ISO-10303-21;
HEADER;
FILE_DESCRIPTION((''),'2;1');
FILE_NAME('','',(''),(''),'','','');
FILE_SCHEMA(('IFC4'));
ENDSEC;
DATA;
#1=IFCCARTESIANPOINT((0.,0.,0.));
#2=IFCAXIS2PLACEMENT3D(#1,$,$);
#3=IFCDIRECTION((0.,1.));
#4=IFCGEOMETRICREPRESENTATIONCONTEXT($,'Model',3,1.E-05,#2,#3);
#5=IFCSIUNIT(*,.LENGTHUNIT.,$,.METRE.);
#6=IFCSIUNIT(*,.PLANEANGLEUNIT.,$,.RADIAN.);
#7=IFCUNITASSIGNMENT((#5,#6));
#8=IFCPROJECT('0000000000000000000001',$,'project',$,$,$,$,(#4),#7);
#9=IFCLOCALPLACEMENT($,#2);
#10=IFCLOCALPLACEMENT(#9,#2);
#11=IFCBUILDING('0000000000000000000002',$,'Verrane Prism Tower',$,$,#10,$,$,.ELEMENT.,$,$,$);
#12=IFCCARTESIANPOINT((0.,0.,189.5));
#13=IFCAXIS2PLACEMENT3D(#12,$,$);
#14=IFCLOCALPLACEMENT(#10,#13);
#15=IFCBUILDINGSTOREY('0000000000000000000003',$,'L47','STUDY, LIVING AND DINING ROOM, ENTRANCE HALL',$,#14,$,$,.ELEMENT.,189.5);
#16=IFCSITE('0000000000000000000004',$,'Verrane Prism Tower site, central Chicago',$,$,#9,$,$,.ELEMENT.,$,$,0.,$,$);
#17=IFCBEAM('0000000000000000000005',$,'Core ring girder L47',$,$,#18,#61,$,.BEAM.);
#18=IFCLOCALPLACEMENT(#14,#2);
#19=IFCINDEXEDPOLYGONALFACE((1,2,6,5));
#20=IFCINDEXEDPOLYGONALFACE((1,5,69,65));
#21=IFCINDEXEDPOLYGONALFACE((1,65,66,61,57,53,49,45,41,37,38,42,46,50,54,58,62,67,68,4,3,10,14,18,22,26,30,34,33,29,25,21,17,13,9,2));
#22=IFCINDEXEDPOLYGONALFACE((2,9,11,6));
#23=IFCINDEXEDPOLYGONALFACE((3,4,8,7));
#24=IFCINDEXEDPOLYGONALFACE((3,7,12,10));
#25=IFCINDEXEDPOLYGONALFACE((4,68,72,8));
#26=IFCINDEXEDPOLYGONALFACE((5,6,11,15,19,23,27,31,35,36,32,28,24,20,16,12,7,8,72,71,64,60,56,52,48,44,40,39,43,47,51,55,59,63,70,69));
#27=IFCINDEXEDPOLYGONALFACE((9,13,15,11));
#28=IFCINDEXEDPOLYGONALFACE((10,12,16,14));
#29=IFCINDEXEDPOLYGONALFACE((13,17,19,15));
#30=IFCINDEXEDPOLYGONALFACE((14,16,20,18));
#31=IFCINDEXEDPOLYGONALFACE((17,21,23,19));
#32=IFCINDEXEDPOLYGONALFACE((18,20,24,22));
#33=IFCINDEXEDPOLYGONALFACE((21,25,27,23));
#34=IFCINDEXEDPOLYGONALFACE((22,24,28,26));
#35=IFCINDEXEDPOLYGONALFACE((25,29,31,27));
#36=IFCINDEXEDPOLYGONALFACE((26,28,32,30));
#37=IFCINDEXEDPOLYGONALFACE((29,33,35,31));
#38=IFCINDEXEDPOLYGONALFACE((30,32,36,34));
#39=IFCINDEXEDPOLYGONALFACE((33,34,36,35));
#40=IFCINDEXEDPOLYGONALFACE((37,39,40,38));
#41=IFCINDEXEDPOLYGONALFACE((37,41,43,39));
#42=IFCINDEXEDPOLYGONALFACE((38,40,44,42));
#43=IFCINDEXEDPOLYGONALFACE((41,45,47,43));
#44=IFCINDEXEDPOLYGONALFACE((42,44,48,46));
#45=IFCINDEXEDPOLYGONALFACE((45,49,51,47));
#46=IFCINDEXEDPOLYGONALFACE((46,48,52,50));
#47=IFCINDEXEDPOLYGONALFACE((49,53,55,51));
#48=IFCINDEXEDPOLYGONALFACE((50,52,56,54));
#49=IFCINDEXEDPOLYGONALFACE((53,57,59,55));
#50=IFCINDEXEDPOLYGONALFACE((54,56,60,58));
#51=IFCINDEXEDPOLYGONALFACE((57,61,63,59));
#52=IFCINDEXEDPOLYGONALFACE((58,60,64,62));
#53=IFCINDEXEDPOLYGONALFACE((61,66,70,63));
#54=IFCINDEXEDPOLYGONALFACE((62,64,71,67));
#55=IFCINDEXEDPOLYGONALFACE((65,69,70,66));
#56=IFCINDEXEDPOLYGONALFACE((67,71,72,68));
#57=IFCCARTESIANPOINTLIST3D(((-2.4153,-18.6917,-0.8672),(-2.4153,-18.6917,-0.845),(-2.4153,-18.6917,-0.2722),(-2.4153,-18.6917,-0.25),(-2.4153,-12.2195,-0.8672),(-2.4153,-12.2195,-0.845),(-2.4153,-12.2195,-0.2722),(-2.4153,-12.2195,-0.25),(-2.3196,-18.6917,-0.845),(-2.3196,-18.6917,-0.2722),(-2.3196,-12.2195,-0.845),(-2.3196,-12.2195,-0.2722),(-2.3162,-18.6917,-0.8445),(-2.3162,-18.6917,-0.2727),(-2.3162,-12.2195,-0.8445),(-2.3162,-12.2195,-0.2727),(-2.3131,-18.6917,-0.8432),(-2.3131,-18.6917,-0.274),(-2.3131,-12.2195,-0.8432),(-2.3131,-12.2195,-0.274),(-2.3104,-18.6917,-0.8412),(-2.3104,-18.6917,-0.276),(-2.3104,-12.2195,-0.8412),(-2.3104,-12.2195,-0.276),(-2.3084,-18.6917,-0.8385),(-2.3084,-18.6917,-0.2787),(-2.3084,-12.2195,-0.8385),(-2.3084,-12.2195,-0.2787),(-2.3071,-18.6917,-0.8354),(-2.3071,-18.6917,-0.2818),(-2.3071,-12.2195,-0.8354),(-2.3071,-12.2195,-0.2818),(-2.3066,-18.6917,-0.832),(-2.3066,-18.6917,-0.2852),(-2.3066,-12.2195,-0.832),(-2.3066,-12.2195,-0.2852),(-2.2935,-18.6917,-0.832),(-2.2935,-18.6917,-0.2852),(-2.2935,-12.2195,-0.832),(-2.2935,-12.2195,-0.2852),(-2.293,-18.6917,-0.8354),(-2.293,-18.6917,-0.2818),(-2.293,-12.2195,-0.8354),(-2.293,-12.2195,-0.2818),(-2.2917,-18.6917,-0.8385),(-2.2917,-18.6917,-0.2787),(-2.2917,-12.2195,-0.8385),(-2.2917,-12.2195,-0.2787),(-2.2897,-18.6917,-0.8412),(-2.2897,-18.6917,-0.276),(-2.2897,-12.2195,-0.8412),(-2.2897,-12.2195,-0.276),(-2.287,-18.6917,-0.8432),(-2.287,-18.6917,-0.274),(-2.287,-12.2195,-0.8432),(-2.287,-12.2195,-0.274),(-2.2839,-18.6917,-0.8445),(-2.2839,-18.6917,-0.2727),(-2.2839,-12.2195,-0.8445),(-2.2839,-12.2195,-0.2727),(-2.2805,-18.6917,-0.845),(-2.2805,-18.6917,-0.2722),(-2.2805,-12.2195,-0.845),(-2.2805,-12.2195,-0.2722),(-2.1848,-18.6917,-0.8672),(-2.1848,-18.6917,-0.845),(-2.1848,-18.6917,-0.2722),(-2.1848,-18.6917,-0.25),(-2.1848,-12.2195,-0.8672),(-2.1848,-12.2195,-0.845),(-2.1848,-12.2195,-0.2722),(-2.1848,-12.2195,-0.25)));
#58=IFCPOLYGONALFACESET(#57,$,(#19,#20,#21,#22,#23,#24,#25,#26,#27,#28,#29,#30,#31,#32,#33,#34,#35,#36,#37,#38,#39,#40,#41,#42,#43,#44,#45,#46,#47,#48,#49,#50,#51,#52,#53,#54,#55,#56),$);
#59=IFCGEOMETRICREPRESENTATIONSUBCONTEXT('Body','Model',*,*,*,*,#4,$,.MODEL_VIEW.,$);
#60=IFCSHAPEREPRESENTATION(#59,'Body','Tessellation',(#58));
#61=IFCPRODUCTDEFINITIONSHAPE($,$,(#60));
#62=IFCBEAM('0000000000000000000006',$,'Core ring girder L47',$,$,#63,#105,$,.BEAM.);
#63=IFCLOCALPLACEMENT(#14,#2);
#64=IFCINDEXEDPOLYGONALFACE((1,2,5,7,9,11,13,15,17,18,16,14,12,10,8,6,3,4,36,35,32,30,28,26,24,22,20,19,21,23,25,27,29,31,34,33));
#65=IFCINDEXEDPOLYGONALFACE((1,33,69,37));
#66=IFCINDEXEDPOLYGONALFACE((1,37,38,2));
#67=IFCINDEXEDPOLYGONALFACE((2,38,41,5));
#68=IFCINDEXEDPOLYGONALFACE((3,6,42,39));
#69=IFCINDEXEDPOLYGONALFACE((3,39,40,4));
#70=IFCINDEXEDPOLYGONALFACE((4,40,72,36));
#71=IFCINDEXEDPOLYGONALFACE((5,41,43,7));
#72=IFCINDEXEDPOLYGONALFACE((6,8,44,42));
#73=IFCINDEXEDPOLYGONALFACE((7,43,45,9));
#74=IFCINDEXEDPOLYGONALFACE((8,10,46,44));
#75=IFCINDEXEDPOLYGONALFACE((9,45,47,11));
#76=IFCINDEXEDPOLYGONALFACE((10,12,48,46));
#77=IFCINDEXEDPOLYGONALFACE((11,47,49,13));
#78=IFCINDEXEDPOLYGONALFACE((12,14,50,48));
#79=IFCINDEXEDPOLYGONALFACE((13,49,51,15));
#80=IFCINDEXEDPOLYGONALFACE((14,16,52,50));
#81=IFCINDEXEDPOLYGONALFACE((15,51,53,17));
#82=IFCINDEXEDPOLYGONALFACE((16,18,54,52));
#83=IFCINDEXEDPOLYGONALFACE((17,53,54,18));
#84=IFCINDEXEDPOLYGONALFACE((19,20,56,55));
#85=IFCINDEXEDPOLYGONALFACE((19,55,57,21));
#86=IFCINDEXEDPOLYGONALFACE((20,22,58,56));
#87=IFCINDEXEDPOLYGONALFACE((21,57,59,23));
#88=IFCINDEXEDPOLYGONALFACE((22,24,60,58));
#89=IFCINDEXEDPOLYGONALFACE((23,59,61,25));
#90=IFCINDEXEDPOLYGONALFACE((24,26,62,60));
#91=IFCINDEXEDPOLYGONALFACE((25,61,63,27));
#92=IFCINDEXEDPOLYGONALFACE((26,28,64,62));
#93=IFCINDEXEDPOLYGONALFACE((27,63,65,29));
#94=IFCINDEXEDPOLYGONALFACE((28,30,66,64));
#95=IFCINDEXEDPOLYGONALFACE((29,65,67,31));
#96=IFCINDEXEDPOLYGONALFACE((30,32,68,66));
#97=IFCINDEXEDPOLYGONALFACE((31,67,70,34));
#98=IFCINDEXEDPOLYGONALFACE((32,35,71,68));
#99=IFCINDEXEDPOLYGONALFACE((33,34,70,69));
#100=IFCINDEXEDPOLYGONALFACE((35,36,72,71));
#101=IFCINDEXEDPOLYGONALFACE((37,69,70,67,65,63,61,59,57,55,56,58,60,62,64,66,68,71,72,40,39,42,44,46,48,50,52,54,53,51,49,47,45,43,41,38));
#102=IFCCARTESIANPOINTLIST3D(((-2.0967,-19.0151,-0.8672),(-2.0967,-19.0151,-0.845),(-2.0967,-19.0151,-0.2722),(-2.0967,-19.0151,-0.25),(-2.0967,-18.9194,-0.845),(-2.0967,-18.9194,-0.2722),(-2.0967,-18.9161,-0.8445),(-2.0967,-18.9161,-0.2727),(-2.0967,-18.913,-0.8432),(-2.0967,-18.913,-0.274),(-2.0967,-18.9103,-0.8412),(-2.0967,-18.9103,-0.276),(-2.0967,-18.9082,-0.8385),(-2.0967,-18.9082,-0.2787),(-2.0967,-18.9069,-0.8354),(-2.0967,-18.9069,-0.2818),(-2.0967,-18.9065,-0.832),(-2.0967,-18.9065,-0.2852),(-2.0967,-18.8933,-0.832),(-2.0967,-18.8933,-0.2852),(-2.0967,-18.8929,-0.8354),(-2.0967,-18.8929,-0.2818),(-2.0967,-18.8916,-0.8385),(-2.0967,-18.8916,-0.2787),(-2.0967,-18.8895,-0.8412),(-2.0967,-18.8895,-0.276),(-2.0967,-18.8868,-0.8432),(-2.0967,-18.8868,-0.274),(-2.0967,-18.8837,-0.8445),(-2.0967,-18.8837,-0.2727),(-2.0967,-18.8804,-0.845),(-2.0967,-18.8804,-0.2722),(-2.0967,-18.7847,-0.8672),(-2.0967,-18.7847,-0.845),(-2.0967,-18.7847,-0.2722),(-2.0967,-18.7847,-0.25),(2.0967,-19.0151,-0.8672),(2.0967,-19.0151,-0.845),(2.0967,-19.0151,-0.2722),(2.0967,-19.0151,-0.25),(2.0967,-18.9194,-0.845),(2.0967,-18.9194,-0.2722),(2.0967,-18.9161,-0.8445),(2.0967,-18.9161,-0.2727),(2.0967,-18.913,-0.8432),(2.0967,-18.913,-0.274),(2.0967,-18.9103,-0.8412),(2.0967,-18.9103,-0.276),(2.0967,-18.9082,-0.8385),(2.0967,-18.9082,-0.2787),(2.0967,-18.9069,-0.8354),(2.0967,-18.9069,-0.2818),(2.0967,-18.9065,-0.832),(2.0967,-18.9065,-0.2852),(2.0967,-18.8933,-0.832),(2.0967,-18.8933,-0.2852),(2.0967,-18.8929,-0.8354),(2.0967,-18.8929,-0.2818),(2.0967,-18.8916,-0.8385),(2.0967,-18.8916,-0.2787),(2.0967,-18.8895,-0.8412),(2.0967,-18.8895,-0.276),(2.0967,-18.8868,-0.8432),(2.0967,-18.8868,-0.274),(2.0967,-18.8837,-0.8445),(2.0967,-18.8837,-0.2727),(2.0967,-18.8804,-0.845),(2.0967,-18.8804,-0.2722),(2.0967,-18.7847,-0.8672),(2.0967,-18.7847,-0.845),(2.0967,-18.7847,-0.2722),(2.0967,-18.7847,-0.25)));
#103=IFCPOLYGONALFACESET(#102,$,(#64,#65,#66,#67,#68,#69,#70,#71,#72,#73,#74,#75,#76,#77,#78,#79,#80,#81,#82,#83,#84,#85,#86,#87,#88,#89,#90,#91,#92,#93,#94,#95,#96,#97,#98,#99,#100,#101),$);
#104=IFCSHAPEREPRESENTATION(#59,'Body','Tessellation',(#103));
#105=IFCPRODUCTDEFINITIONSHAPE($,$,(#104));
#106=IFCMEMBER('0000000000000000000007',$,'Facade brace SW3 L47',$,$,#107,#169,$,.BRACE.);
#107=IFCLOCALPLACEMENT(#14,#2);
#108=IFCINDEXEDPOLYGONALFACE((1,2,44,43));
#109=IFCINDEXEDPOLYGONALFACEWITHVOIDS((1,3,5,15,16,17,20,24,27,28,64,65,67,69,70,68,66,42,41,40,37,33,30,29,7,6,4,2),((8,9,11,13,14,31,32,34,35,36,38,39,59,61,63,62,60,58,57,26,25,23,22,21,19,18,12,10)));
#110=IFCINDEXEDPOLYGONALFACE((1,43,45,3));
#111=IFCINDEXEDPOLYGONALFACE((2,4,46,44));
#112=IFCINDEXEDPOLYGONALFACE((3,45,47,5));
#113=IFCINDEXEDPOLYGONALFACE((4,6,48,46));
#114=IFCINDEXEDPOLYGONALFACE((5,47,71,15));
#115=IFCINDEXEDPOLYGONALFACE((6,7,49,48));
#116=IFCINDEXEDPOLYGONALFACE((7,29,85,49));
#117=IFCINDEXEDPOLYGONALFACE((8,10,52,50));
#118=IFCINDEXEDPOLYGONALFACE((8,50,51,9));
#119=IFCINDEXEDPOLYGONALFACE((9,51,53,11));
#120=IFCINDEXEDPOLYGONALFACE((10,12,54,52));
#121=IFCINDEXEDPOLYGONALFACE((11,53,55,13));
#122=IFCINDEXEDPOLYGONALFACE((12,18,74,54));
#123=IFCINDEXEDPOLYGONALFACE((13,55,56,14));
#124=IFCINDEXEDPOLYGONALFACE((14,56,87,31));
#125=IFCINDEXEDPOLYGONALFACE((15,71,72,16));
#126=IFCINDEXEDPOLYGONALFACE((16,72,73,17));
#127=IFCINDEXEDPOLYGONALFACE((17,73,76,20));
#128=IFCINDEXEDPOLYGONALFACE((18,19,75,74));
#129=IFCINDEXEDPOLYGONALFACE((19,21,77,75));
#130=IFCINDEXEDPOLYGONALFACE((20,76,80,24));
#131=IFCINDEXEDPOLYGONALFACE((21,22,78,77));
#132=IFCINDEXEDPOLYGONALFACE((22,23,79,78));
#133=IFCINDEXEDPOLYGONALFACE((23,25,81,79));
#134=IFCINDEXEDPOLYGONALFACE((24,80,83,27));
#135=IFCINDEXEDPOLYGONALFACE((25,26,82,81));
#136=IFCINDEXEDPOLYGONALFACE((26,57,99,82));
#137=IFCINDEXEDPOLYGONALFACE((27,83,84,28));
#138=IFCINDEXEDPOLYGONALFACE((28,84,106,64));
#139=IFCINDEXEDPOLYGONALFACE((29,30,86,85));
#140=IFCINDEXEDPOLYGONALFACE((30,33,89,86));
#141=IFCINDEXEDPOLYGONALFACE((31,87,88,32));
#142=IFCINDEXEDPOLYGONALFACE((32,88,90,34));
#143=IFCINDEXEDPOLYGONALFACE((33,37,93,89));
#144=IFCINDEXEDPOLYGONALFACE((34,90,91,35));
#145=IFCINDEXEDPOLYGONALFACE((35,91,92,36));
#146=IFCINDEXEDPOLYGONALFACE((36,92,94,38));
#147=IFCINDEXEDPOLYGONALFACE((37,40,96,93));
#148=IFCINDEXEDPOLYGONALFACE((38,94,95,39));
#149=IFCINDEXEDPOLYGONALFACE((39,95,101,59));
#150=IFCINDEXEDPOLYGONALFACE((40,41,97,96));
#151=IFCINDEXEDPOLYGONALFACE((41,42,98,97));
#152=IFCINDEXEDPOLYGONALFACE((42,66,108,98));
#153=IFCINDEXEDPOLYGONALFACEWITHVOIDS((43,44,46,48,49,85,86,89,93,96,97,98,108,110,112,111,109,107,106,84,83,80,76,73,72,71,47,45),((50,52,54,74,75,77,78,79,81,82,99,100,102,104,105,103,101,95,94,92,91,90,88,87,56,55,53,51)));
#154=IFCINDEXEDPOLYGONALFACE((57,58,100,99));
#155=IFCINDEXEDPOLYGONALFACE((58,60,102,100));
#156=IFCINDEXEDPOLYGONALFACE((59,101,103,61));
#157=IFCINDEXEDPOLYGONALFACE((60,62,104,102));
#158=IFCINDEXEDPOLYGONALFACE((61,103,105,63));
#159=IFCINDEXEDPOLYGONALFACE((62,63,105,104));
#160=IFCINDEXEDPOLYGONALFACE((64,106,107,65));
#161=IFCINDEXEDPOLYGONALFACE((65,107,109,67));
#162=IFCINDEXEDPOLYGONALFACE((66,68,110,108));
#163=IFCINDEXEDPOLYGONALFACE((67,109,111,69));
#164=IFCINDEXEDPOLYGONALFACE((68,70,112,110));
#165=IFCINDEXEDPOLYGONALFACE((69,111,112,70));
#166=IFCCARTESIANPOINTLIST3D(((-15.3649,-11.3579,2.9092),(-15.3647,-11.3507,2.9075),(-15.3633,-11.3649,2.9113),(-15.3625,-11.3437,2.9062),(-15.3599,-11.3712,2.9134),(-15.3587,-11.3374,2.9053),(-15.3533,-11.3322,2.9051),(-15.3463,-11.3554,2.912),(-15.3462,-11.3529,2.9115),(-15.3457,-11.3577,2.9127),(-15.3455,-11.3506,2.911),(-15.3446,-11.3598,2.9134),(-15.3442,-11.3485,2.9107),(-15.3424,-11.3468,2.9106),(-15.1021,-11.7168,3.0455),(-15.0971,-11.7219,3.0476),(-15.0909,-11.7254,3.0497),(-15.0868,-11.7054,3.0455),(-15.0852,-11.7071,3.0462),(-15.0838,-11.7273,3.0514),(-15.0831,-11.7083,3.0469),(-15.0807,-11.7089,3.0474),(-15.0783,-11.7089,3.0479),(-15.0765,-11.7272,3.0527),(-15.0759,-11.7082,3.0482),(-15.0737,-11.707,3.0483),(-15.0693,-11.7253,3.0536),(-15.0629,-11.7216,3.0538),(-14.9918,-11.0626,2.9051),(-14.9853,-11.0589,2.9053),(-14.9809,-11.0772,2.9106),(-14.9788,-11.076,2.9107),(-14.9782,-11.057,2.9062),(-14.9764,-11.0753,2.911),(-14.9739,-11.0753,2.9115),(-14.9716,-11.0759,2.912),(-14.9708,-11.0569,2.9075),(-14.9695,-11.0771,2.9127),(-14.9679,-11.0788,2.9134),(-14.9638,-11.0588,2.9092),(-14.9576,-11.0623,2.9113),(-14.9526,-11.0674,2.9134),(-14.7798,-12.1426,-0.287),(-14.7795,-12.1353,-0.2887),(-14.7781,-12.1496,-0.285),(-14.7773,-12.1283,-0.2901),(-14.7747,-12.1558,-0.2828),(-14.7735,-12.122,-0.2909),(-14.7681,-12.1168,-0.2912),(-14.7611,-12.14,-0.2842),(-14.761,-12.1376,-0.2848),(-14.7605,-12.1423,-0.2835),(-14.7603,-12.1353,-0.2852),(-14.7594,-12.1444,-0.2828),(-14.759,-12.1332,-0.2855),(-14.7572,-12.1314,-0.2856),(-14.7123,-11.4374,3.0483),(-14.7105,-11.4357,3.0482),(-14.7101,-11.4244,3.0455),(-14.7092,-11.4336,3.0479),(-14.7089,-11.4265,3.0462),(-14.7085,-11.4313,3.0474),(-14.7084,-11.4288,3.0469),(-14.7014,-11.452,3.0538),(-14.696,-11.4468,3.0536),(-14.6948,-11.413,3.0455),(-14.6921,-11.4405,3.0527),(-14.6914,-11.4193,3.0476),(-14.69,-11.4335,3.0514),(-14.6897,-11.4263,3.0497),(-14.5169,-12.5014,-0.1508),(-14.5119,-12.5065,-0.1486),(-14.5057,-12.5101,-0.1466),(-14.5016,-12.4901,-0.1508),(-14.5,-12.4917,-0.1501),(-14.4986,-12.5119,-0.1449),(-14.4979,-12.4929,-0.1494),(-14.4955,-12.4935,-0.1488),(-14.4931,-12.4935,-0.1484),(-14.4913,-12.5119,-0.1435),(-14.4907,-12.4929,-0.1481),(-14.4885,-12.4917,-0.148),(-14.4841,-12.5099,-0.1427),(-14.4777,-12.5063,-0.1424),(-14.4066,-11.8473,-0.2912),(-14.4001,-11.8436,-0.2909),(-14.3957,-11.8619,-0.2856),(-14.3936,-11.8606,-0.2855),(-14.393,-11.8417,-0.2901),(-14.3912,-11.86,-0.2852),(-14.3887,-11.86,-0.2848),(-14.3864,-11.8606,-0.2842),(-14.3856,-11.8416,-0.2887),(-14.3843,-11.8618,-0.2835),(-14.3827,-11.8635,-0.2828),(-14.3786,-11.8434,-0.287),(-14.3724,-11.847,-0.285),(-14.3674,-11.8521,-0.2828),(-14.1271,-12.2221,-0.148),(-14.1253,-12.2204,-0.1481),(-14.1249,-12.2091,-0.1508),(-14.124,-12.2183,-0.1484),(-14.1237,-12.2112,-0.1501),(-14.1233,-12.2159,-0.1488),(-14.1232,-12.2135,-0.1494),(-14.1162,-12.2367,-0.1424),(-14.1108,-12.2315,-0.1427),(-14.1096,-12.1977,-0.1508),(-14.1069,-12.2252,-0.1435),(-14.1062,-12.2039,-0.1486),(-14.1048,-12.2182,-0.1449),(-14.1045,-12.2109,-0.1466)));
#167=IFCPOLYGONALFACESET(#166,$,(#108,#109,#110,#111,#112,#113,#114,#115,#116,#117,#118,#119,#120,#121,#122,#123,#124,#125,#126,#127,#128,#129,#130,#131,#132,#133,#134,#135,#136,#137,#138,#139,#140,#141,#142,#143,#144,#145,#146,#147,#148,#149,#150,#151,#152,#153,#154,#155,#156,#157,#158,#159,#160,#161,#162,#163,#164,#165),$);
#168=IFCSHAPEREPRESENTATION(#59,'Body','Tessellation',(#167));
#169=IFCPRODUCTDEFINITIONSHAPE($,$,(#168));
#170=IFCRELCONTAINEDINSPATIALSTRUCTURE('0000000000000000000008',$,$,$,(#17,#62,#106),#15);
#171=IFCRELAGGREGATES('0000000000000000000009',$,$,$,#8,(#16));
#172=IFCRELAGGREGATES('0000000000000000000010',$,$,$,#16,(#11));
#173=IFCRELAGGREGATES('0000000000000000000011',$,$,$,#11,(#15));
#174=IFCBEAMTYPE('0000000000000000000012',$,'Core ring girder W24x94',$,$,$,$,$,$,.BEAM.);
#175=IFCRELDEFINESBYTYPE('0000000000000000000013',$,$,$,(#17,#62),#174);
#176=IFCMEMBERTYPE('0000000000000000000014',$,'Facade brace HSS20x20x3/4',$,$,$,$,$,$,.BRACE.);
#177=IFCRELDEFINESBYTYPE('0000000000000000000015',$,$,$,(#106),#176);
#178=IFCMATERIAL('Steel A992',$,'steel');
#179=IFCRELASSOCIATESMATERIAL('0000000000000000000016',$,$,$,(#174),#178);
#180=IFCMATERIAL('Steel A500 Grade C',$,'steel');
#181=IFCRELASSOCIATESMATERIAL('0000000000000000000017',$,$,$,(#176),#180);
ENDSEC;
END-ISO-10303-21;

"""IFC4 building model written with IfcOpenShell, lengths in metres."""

from ifc_helpers import new_model, si_unit, direction, frame, origin, origin_2d, place, context, subcontext, project, spatial, hollow_rectangle, i_section, extrude, material, material_profile, profile_set, type_object, element, save


model = new_model("IFC4")

# Units and contexts
model_context = context("Model", 3, precision=1e-05, world=origin(), true_north=direction((0.0, 1.0)))
body_context = subcontext(model_context, "Body", "Model", "MODEL_VIEW")
ifc_project = project(units=[si_unit("LENGTHUNIT", "METRE"), si_unit("PLANEANGLEUNIT", "RADIAN")], contexts=[model_context])

# Site, building, storey
site_placement = place(None, origin())
site = spatial("IfcSite", under=ifc_project, at=site_placement, Name="Verrane Prism Tower site, central Chicago", CompositionType="ELEMENT", RefElevation=0.0)
building_placement = place(site_placement, origin())
building = spatial("IfcBuilding", under=site, at=building_placement, Name="Verrane Prism Tower", CompositionType="ELEMENT")
storey_placement = place(building_placement, frame((0.0, 0.0, 189.5)))
storey = spatial("IfcBuildingStorey", under=building, at=storey_placement, Name="L47", Description="STUDY, LIVING AND DINING ROOM, ENTRANCE HALL", CompositionType="ELEMENT", Elevation=189.5)

# Beams
ifc_material_1 = material(Name="Steel A992", Category="steel")
ifc_material_profile_1 = material_profile(ifc_material_1, i_section(OverallWidth=0.2305, OverallDepth=0.6172, WebThickness=0.0132, FlangeThickness=0.0222, FilletRadius=0.0129, at=origin_2d()), Name="W24x94")
ifc_profile_set_1 = profile_set([ifc_material_profile_1], Name="Steel A992")
beam_type_1 = type_object("IfcBeamType", Name="Core ring girder W24x94", PredefinedType="BEAM", material=ifc_profile_set_1)
beam_1_placement = place(storey_placement, frame((-2.3, -12.2195, -0.5586), z_axis=(0.0, -1.0, 0.0), x_axis=(1.0, 0.0, 0.0)))
element("IfcBeam", 1, at=beam_1_placement, inside=storey, type_object=beam_type_1, Name="Core ring girder L47", PredefinedType="BEAM", context=body_context, shape_type="SweptSolid", body=[
    extrude(i_section(OverallWidth=0.2305, OverallDepth=0.6172, WebThickness=0.0132, FlangeThickness=0.0222, FilletRadius=0.0129, at=origin_2d()), origin(), (0.0, 0.0, 1.0), 6.4722),
])
beam_2_placement = place(storey_placement, frame((-2.0967, -18.8999, -0.5586), z_axis=(1.0, 0.0, 0.0), x_axis=(0.0, 1.0, 0.0)))
element("IfcBeam", 2, at=beam_2_placement, inside=storey, type_object=beam_type_1, Name="Core ring girder L47", PredefinedType="BEAM", context=body_context, shape_type="SweptSolid", body=[
    extrude(i_section(OverallWidth=0.2305, OverallDepth=0.6172, WebThickness=0.0132, FlangeThickness=0.0222, FilletRadius=0.0129, at=origin_2d()), origin(), (0.0, 0.0, 1.0), 4.1934),
])

# Member
ifc_material_2 = material(Name="Steel A500 Grade C", Category="steel")
ifc_material_profile_2 = material_profile(ifc_material_2, hollow_rectangle(XDim=0.5081, YDim=0.5081, WallThickness=0.019, InnerFilletRadius=0.0095, OuterFilletRadius=0.0286, at=origin_2d()), Name="HSS20x20x3/4")
ifc_profile_set_2 = profile_set([ifc_material_profile_2], Name="Steel A500 Grade C")
member_type_1 = type_object("IfcMemberType", Name="Facade brace HSS20x20x3/4", PredefinedType="BRACE", material=ifc_profile_set_2)
member_1_placement = place(storey_placement, frame((-14.4421, -12.1768, -0.2168), z_axis=(-0.175063, 0.234732, 0.956166), x_axis=(-0.801613, -0.597843, 0.0)))
element("IfcMember", 3, at=member_1_placement, inside=storey, type_object=member_type_1, Name="Facade brace SW3 L47", PredefinedType="BRACE", context=body_context, shape_type="SweptSolid", body=[
    extrude(hollow_rectangle(XDim=0.5081, YDim=0.5081, WallThickness=0.019, InnerFilletRadius=0.0095, OuterFilletRadius=0.0286, at=origin_2d()), origin(), (0.0, 0.0, 1.0), 3.3428),
])

save(model, "model.ifc")
